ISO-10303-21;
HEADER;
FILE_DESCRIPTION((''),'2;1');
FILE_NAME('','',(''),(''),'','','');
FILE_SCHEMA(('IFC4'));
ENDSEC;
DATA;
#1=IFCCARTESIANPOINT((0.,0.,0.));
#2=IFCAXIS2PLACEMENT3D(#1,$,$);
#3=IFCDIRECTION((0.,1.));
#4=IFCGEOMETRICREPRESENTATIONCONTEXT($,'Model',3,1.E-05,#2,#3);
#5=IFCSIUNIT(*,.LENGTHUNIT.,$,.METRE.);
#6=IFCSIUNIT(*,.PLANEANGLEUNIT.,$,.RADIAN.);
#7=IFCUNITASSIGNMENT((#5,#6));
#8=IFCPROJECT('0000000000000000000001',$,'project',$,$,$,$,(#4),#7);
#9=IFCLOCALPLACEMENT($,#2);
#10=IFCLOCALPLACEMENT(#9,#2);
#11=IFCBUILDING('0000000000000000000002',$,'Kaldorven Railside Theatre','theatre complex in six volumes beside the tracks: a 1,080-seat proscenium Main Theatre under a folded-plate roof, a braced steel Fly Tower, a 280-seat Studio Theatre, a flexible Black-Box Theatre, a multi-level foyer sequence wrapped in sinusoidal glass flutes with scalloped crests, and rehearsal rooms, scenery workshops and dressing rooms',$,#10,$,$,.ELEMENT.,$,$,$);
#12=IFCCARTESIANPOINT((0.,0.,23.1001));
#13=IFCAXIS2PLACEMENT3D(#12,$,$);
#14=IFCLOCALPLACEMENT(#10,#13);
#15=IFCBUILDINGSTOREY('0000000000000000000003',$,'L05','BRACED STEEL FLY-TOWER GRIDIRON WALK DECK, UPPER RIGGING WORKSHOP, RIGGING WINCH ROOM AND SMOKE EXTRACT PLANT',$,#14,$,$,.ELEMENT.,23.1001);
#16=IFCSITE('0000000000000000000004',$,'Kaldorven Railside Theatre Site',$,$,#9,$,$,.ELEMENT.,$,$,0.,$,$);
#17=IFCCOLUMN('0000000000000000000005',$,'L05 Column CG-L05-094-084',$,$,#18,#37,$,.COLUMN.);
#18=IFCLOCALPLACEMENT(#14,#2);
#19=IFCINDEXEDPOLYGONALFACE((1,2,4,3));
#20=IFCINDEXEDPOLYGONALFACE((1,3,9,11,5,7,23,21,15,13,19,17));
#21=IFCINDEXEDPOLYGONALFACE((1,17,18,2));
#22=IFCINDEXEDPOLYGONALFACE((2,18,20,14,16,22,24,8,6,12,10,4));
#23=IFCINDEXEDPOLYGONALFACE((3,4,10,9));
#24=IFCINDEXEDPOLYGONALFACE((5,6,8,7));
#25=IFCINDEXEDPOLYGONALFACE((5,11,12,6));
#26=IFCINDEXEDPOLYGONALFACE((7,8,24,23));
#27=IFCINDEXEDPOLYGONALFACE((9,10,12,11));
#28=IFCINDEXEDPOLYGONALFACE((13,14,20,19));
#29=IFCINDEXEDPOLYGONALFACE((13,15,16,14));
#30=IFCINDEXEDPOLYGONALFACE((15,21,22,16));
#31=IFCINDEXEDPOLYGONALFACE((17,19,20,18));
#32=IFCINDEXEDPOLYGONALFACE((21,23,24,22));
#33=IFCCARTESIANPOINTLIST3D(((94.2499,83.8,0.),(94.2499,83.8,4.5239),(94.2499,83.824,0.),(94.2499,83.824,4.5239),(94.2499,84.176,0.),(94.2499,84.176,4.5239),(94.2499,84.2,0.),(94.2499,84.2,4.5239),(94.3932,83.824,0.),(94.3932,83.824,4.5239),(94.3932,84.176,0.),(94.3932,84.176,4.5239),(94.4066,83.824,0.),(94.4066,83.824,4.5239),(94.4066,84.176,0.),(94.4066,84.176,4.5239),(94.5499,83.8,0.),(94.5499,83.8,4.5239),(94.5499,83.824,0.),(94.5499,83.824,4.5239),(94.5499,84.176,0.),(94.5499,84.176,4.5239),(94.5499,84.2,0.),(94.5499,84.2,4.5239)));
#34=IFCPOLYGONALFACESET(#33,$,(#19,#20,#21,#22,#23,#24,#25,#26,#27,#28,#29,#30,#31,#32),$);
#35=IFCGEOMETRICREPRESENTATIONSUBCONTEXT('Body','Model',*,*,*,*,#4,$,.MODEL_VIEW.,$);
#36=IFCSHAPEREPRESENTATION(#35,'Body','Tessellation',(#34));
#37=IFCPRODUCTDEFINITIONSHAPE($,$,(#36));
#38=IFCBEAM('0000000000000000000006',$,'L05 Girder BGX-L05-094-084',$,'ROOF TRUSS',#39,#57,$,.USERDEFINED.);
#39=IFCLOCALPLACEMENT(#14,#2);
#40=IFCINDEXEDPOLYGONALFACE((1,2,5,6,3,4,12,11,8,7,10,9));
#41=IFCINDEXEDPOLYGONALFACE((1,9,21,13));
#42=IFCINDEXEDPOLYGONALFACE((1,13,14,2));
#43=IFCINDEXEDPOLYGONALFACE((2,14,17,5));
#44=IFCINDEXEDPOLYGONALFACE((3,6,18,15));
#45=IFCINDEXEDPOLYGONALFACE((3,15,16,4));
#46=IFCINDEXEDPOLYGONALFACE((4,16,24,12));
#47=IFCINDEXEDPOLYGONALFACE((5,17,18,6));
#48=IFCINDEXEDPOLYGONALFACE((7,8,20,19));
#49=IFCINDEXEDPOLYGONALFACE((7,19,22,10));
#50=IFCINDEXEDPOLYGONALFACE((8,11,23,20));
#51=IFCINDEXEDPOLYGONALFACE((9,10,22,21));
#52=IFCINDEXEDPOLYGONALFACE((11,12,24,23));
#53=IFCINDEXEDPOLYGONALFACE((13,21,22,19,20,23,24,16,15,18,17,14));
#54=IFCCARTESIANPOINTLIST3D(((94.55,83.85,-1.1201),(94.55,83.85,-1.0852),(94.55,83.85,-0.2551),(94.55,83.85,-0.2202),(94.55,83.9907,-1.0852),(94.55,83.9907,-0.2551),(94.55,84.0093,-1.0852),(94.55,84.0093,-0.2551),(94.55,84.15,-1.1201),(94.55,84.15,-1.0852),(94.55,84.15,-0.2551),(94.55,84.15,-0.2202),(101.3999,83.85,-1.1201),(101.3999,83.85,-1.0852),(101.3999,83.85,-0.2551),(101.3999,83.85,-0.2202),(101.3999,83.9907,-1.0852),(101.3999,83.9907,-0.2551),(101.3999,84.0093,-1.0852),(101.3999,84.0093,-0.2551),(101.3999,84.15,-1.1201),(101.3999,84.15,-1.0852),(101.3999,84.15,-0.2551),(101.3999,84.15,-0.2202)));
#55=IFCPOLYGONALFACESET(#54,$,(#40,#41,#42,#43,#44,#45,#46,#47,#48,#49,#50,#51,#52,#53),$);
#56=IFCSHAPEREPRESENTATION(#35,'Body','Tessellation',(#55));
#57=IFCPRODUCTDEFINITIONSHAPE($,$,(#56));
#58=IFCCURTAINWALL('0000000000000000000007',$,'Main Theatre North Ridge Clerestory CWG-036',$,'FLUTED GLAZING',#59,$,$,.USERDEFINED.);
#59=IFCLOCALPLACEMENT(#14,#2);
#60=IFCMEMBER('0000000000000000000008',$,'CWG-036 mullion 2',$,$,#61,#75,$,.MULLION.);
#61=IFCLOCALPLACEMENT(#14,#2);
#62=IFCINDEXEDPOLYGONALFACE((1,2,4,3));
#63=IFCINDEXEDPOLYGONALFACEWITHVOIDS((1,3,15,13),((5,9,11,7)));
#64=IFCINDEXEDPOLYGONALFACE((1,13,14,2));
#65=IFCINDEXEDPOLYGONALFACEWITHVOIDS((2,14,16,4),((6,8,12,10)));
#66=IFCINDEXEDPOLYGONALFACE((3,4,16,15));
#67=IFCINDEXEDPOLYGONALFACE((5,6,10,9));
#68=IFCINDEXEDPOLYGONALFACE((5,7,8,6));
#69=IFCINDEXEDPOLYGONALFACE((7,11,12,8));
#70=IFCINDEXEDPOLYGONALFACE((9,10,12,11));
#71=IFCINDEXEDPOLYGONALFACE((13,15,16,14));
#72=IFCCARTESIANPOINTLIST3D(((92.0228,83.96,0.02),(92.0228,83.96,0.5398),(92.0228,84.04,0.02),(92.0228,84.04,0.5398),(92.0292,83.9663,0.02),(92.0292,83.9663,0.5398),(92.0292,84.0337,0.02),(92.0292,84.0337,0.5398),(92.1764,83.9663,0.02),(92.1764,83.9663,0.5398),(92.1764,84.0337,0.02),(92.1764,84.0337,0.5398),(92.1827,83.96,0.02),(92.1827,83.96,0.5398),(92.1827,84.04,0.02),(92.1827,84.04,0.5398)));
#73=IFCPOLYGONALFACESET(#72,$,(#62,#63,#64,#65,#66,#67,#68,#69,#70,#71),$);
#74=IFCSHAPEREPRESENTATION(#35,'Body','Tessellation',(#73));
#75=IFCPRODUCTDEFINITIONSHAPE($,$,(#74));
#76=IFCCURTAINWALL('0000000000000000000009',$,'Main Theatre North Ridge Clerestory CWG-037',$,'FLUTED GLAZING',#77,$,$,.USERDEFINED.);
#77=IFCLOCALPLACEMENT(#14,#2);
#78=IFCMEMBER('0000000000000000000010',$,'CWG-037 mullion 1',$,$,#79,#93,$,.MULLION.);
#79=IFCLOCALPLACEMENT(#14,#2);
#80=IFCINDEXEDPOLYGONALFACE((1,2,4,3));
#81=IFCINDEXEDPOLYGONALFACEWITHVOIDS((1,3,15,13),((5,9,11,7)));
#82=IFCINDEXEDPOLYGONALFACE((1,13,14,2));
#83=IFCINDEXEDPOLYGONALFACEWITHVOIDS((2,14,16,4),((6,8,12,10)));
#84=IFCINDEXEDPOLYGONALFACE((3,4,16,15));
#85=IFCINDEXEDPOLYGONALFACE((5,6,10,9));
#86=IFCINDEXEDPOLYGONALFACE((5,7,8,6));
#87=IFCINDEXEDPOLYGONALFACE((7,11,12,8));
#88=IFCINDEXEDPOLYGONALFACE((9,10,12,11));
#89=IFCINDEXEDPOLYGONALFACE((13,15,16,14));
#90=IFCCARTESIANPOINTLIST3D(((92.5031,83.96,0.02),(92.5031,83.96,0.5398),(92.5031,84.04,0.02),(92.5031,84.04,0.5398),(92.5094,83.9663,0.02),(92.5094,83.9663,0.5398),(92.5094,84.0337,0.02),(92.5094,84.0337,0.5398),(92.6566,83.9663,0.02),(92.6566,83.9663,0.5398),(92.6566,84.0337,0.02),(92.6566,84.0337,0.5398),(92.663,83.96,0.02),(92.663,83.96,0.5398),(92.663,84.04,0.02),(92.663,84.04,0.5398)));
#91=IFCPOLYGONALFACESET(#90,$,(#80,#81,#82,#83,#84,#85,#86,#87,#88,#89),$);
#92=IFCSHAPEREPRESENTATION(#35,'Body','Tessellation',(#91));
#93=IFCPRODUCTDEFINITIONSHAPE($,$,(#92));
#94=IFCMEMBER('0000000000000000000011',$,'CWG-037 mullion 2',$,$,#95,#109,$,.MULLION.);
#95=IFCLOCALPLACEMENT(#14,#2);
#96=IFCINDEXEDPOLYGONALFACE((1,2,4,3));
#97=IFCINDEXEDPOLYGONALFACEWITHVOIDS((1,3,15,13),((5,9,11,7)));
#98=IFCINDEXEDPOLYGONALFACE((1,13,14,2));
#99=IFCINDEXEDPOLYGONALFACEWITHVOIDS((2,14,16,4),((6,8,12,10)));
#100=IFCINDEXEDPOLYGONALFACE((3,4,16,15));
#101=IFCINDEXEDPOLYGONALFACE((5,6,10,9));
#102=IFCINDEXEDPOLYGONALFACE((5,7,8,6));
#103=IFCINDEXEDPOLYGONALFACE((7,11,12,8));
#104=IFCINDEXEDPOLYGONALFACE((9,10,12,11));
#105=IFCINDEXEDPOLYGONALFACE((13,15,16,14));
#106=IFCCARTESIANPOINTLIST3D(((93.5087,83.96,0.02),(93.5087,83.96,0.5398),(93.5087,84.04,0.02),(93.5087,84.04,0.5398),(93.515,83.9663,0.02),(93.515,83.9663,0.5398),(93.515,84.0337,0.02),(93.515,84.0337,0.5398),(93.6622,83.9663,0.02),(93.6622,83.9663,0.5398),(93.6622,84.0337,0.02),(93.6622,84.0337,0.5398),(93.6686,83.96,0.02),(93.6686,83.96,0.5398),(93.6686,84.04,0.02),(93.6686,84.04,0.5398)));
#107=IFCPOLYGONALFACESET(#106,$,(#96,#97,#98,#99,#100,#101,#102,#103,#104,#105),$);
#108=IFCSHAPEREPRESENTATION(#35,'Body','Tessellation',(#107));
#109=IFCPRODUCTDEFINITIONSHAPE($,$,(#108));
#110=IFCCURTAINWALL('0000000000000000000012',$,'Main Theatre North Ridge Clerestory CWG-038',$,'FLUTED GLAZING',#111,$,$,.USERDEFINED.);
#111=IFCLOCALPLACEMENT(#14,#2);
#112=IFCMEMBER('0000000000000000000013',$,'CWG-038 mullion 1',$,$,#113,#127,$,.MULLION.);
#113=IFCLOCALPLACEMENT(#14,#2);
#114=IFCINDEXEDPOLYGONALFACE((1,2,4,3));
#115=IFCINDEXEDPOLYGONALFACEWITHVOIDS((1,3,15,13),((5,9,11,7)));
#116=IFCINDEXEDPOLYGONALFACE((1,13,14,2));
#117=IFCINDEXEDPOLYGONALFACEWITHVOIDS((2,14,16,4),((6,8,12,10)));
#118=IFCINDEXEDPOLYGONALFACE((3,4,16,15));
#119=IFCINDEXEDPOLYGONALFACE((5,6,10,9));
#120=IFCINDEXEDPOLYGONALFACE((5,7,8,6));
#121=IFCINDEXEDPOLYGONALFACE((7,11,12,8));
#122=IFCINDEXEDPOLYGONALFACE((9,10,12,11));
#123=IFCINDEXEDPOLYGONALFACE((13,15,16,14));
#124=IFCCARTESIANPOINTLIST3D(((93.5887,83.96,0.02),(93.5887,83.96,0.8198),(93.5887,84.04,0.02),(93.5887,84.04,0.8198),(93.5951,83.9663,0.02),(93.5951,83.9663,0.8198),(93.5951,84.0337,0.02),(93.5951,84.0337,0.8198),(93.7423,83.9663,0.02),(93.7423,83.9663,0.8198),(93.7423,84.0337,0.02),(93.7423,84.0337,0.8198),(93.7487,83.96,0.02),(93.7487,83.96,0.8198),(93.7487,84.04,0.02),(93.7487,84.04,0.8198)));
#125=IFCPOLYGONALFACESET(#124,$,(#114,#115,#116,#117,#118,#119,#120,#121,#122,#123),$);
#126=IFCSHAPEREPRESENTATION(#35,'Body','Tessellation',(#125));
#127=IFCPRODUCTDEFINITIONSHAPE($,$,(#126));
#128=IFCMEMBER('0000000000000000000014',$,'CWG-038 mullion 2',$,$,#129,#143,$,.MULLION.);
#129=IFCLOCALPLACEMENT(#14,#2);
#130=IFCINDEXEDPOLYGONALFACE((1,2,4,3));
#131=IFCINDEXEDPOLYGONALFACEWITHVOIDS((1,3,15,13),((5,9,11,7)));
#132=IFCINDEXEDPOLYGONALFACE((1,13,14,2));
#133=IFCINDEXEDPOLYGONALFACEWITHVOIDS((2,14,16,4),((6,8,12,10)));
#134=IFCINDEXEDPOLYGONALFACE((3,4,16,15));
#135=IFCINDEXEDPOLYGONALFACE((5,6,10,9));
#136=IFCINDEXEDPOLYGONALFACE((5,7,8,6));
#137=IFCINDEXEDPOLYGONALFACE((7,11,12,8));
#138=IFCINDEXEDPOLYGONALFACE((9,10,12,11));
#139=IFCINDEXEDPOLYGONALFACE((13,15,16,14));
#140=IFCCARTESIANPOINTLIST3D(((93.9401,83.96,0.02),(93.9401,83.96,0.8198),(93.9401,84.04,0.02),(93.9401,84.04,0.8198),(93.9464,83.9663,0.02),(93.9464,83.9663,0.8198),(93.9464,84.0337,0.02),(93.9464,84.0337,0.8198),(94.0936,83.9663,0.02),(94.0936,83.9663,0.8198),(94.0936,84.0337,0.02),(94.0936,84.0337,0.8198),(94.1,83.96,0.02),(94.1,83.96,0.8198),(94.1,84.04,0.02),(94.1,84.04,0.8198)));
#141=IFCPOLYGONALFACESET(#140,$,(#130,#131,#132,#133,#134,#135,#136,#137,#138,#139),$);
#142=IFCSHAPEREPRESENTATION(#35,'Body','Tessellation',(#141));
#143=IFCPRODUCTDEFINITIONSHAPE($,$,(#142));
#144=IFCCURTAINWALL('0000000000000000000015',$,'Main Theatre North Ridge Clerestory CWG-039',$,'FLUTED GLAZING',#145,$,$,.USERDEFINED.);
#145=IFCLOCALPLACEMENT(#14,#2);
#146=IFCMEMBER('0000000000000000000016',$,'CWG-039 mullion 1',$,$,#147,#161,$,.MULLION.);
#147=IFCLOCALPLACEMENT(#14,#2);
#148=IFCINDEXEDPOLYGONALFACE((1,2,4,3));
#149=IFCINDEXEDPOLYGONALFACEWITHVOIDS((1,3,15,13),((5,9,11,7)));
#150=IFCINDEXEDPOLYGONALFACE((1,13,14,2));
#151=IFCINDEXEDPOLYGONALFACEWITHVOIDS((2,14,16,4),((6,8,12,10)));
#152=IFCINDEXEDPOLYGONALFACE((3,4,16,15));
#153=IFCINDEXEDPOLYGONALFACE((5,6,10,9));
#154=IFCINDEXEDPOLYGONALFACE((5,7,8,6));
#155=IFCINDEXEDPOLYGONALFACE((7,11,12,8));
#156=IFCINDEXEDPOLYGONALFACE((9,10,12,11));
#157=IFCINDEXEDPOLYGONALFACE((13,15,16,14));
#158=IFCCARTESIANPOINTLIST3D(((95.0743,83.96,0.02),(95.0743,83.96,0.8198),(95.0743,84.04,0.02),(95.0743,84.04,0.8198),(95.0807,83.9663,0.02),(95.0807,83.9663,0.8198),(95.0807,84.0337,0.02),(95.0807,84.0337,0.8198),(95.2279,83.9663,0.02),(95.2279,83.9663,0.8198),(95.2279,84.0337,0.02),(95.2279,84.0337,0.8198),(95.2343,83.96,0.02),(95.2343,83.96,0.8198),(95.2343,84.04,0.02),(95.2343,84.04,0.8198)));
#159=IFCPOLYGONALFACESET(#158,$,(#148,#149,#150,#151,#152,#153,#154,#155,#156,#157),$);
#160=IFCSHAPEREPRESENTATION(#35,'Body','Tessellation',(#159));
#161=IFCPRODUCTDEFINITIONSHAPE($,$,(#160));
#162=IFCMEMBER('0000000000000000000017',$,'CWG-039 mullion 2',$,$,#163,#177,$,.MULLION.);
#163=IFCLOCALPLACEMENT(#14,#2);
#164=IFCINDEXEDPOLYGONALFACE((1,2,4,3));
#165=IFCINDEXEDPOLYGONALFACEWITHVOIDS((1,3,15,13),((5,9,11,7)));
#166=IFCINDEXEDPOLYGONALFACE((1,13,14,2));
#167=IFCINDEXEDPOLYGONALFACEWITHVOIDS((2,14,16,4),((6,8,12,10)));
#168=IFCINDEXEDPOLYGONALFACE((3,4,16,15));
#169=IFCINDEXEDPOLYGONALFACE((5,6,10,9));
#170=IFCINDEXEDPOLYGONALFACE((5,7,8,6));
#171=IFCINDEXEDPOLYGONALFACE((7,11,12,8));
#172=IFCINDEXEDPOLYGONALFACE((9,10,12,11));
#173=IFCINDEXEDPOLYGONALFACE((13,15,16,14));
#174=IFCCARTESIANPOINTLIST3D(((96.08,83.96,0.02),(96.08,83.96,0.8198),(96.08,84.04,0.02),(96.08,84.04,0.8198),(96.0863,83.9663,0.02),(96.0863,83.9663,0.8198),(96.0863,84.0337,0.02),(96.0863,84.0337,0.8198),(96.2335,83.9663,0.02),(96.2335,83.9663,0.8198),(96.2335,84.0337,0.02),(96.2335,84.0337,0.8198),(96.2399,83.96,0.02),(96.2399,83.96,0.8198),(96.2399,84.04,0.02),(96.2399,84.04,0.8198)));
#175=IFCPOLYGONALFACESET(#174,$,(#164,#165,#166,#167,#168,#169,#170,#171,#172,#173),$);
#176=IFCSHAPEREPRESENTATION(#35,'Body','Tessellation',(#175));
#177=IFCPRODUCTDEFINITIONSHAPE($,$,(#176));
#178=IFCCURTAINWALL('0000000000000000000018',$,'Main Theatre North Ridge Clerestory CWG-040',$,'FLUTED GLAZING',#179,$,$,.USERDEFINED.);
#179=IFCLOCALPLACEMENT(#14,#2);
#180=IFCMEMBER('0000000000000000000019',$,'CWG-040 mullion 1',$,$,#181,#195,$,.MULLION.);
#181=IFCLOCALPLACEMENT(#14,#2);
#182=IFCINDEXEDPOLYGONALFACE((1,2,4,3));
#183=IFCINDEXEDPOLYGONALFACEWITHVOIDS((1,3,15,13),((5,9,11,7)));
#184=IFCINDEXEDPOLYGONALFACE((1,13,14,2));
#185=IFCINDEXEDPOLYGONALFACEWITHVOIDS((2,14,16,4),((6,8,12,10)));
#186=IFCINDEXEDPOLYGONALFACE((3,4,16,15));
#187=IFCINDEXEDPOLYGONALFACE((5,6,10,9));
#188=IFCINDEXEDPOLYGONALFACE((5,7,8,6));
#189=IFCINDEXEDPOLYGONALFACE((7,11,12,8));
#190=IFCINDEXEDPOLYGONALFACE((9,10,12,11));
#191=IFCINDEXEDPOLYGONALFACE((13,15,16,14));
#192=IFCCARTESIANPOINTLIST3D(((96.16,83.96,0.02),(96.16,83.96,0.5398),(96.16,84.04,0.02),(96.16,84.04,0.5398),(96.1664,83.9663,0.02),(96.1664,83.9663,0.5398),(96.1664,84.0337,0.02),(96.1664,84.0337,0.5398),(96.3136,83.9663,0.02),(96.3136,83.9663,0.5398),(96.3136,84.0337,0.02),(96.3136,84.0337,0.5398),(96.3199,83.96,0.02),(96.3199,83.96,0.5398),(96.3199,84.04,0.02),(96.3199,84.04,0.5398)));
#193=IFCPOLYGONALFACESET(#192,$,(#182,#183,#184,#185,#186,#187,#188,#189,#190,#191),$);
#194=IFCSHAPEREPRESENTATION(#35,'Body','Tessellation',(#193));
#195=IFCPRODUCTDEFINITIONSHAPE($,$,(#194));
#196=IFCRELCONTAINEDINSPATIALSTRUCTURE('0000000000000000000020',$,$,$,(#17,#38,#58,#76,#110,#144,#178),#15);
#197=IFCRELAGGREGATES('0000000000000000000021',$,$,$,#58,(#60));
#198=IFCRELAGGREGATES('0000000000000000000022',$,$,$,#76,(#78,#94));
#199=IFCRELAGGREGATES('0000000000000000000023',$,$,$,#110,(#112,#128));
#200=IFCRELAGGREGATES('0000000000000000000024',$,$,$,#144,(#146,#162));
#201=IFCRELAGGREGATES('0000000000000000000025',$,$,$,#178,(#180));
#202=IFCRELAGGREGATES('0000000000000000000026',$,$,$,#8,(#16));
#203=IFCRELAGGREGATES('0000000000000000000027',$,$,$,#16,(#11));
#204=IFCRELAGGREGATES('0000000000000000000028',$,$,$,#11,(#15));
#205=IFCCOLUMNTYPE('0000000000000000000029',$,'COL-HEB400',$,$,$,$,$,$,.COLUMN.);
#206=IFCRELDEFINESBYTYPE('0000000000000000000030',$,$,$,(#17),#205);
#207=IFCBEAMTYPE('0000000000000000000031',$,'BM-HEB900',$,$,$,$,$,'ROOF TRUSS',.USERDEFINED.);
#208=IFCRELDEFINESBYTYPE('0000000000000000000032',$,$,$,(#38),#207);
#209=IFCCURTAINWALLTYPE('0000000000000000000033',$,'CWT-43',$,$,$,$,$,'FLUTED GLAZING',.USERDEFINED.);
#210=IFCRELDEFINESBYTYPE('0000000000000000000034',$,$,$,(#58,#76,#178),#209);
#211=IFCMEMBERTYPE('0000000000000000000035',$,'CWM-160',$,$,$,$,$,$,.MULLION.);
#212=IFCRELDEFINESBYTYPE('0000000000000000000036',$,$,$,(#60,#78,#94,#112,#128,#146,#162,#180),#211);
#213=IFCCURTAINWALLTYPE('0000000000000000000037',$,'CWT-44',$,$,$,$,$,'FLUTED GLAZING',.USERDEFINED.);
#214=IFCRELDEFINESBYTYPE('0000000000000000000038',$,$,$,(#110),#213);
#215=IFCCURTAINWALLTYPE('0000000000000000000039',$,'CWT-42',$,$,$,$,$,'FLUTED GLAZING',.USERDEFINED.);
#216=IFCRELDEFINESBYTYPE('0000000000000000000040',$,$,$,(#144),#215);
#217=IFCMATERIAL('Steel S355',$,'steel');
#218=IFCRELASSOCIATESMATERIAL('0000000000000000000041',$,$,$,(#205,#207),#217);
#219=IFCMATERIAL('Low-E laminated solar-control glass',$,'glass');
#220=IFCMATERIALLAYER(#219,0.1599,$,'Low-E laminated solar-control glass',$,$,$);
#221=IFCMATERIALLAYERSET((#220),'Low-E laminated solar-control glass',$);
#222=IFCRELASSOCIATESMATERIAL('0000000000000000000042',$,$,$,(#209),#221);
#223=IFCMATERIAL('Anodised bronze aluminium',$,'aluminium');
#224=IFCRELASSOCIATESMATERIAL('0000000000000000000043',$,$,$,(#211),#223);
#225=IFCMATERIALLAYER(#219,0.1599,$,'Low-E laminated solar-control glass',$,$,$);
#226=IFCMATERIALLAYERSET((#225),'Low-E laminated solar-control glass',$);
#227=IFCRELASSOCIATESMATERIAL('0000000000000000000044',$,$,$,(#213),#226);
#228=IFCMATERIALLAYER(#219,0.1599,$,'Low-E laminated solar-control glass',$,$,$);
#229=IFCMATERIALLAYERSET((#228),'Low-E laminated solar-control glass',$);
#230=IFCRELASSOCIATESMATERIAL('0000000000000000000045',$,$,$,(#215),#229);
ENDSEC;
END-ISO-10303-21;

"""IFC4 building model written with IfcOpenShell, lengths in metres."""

from ifc_helpers import new_model, si_unit, direction, frame, origin, origin_2d, place, context, subcontext, project, spatial, hollow_rectangle, i_section, extrude, material, layer, layer_set, material_profile, profile_set, type_object, element, aggregate, save


model = new_model("IFC4")

# Units and contexts
model_context = context("Model", 3, precision=1e-05, world=origin(), true_north=direction((0.0, 1.0)))
body_context = subcontext(model_context, "Body", "Model", "MODEL_VIEW")
ifc_project = project(units=[si_unit("LENGTHUNIT", "METRE"), si_unit("PLANEANGLEUNIT", "RADIAN")], contexts=[model_context])

# Site, building, storey
site_placement = place(None, origin())
site = spatial("IfcSite", under=ifc_project, at=site_placement, Name="Kaldorven Railside Theatre Site", CompositionType="ELEMENT", RefElevation=0.0)
building_placement = place(site_placement, origin())
building = spatial("IfcBuilding", under=site, at=building_placement, Name="Kaldorven Railside Theatre", Description="theatre complex in six volumes beside the tracks: a 1,080-seat proscenium Main Theatre under a folded-plate roof, a braced steel Fly Tower, a 280-seat Studio Theatre, a flexible Black-Box Theatre, a multi-level foyer sequence wrapped in sinusoidal glass flutes with scalloped crests, and rehearsal rooms, scenery workshops and dressing rooms", CompositionType="ELEMENT")
storey_placement = place(building_placement, frame((0.0, 0.0, 23.1001)))
storey = spatial("IfcBuildingStorey", under=building, at=storey_placement, Name="L05", Description="BRACED STEEL FLY-TOWER GRIDIRON WALK DECK, UPPER RIGGING WORKSHOP, RIGGING WINCH ROOM AND SMOKE EXTRACT PLANT", CompositionType="ELEMENT", Elevation=23.1001)

# Column
ifc_material_1 = material(Name="Steel S355", Category="steel")
ifc_material_profile_1 = material_profile(ifc_material_1, i_section(OverallWidth=0.3, OverallDepth=0.3999, WebThickness=0.0134, FlangeThickness=0.0239, at=origin_2d()), Name="HEB 400")
ifc_profile_set_1 = profile_set([ifc_material_profile_1], Name="Steel S355")
column_type = type_object("IfcColumnType", Name="COL-HEB400", PredefinedType="COLUMN", material=ifc_profile_set_1)
column_placement = place(storey_placement, frame((94.3999, 84.0, 0.0), z_axis=(0.0, 0.0, 1.0), x_axis=(1.0, 0.0, 0.0)))
element("IfcColumn", 1, at=column_placement, inside=storey, type_object=column_type, Name="L05 Column CG-L05-094-084", PredefinedType="COLUMN", context=body_context, shape_type="SweptSolid", body=[
    extrude(i_section(OverallWidth=0.3, OverallDepth=0.3999, WebThickness=0.0134, FlangeThickness=0.0239, at=origin_2d()), origin(), (0.0, 0.0, 1.0), 4.5239),
])

# Beam
ifc_material_profile_2 = material_profile(ifc_material_1, i_section(OverallWidth=0.3, OverallDepth=0.8999, WebThickness=0.0186, FlangeThickness=0.0349, at=origin_2d()), Name="HEB 900")
ifc_profile_set_2 = profile_set([ifc_material_profile_2], Name="Steel S355")
beam_type = type_object("IfcBeamType", Name="BM-HEB900", ElementType="ROOF TRUSS", PredefinedType="USERDEFINED", material=ifc_profile_set_2)
beam_placement = place(storey_placement, frame((94.55, 84.0, -0.6702), z_axis=(1.0, 0.0, 0.0), x_axis=(0.0, 1.0, 0.0)))
element("IfcBeam", 2, at=beam_placement, inside=storey, type_object=beam_type, Name="L05 Girder BGX-L05-094-084", ObjectType="ROOF TRUSS", PredefinedType="USERDEFINED", context=body_context, shape_type="SweptSolid", body=[
    extrude(i_section(OverallWidth=0.3, OverallDepth=0.8999, WebThickness=0.0186, FlangeThickness=0.0349, at=origin_2d()), origin(), (0.0, 0.0, 1.0), 6.8499),
])

# Curtain wall, member
ifc_material_2 = material(Name="Low-E laminated solar-control glass", Category="glass")
ifc_layer_1 = layer(ifc_material_2, 0.1599, Name="Low-E laminated solar-control glass")
ifc_layer_set_1 = layer_set([ifc_layer_1], Name="Low-E laminated solar-control glass")
curtain_wall_type_1 = type_object("IfcCurtainWallType", Name="CWT-43", ElementType="FLUTED GLAZING", PredefinedType="USERDEFINED", material=ifc_layer_set_1)
curtain_wall_1_placement = place(storey_placement, origin())
curtain_wall_1 = element("IfcCurtainWall", 3, at=curtain_wall_1_placement, inside=storey, type_object=curtain_wall_type_1, Name="Main Theatre North Ridge Clerestory CWG-036", ObjectType="FLUTED GLAZING", PredefinedType="USERDEFINED")
ifc_material_3 = material(Name="Anodised bronze aluminium", Category="aluminium")
ifc_material_profile_3 = material_profile(ifc_material_3, hollow_rectangle(XDim=0.0801, YDim=0.1599, WallThickness=0.0063, at=origin_2d()), Name="RHS 160x80x6.3")
ifc_profile_set_3 = profile_set([ifc_material_profile_3], Name="Anodised bronze aluminium")
member_type_1 = type_object("IfcMemberType", Name="CWM-160", PredefinedType="MULLION", material=ifc_profile_set_3)
member_1_placement = place(storey_placement, frame((92.1028, 84.0, 0.02), z_axis=(0.0, 0.0, 1.0), x_axis=(0.0, 1.0, 0.0)))
member_1 = element("IfcMember", 4, at=member_1_placement, type_object=member_type_1, Name="CWG-036 mullion 2", PredefinedType="MULLION", context=body_context, shape_type="SweptSolid", body=[
    extrude(hollow_rectangle(XDim=0.0801, YDim=0.1599, WallThickness=0.0063, at=origin_2d()), origin(), (0.0, 0.0, 1.0), 0.5198),
])

# Curtain walls, members
curtain_wall_2_placement = place(storey_placement, origin())
curtain_wall_2 = element("IfcCurtainWall", 5, at=curtain_wall_2_placement, inside=storey, type_object=curtain_wall_type_1, Name="Main Theatre North Ridge Clerestory CWG-037", ObjectType="FLUTED GLAZING", PredefinedType="USERDEFINED")
member_2_placement = place(storey_placement, frame((92.583, 84.0, 0.02), z_axis=(0.0, 0.0, 1.0), x_axis=(0.0, 1.0, 0.0)))
member_2 = element("IfcMember", 6, at=member_2_placement, type_object=member_type_1, Name="CWG-037 mullion 1", PredefinedType="MULLION", context=body_context, shape_type="SweptSolid", body=[
    extrude(hollow_rectangle(XDim=0.0801, YDim=0.1599, WallThickness=0.0063, at=origin_2d()), origin(), (0.0, 0.0, 1.0), 0.5198),
])
member_3_placement = place(storey_placement, frame((93.5886, 84.0, 0.02), z_axis=(0.0, 0.0, 1.0), x_axis=(0.0, 1.0, 0.0)))
member_3 = element("IfcMember", 7, at=member_3_placement, type_object=member_type_1, Name="CWG-037 mullion 2", PredefinedType="MULLION", context=body_context, shape_type="SweptSolid", body=[
    extrude(hollow_rectangle(XDim=0.0801, YDim=0.1599, WallThickness=0.0063, at=origin_2d()), origin(), (0.0, 0.0, 1.0), 0.5198),
])
ifc_layer_2 = layer(ifc_material_2, 0.1599, Name="Low-E laminated solar-control glass")
ifc_layer_set_2 = layer_set([ifc_layer_2], Name="Low-E laminated solar-control glass")
curtain_wall_type_2 = type_object("IfcCurtainWallType", Name="CWT-44", ElementType="FLUTED GLAZING", PredefinedType="USERDEFINED", material=ifc_layer_set_2)
curtain_wall_3_placement = place(storey_placement, origin())
curtain_wall_3 = element("IfcCurtainWall", 8, at=curtain_wall_3_placement, inside=storey, type_object=curtain_wall_type_2, Name="Main Theatre North Ridge Clerestory CWG-038", ObjectType="FLUTED GLAZING", PredefinedType="USERDEFINED")
member_4_placement = place(storey_placement, frame((93.6687, 84.0, 0.02), z_axis=(0.0, 0.0, 1.0), x_axis=(0.0, 1.0, 0.0)))
member_4 = element("IfcMember", 9, at=member_4_placement, type_object=member_type_1, Name="CWG-038 mullion 1", PredefinedType="MULLION", context=body_context, shape_type="SweptSolid", body=[
    extrude(hollow_rectangle(XDim=0.0801, YDim=0.1599, WallThickness=0.0063, at=origin_2d()), origin(), (0.0, 0.0, 1.0), 0.7998),
])
member_5_placement = place(storey_placement, frame((94.02, 84.0, 0.02), z_axis=(0.0, 0.0, 1.0), x_axis=(0.0, 1.0, 0.0)))
member_5 = element("IfcMember", 10, at=member_5_placement, type_object=member_type_1, Name="CWG-038 mullion 2", PredefinedType="MULLION", context=body_context, shape_type="SweptSolid", body=[
    extrude(hollow_rectangle(XDim=0.0801, YDim=0.1599, WallThickness=0.0063, at=origin_2d()), origin(), (0.0, 0.0, 1.0), 0.7998),
])
ifc_layer_3 = layer(ifc_material_2, 0.1599, Name="Low-E laminated solar-control glass")
ifc_layer_set_3 = layer_set([ifc_layer_3], Name="Low-E laminated solar-control glass")
curtain_wall_type_3 = type_object("IfcCurtainWallType", Name="CWT-42", ElementType="FLUTED GLAZING", PredefinedType="USERDEFINED", material=ifc_layer_set_3)
curtain_wall_4_placement = place(storey_placement, origin())
curtain_wall_4 = element("IfcCurtainWall", 11, at=curtain_wall_4_placement, inside=storey, type_object=curtain_wall_type_3, Name="Main Theatre North Ridge Clerestory CWG-039", ObjectType="FLUTED GLAZING", PredefinedType="USERDEFINED")
member_6_placement = place(storey_placement, frame((95.1543, 84.0, 0.02), z_axis=(0.0, 0.0, 1.0), x_axis=(0.0, 1.0, 0.0)))
member_6 = element("IfcMember", 12, at=member_6_placement, type_object=member_type_1, Name="CWG-039 mullion 1", PredefinedType="MULLION", context=body_context, shape_type="SweptSolid", body=[
    extrude(hollow_rectangle(XDim=0.0801, YDim=0.1599, WallThickness=0.0063, at=origin_2d()), origin(), (0.0, 0.0, 1.0), 0.7998),
])
member_7_placement = place(storey_placement, frame((96.1599, 84.0, 0.02), z_axis=(0.0, 0.0, 1.0), x_axis=(0.0, 1.0, 0.0)))
member_7 = element("IfcMember", 13, at=member_7_placement, type_object=member_type_1, Name="CWG-039 mullion 2", PredefinedType="MULLION", context=body_context, shape_type="SweptSolid", body=[
    extrude(hollow_rectangle(XDim=0.0801, YDim=0.1599, WallThickness=0.0063, at=origin_2d()), origin(), (0.0, 0.0, 1.0), 0.7998),
])
curtain_wall_5_placement = place(storey_placement, origin())
curtain_wall_5 = element("IfcCurtainWall", 14, at=curtain_wall_5_placement, inside=storey, type_object=curtain_wall_type_1, Name="Main Theatre North Ridge Clerestory CWG-040", ObjectType="FLUTED GLAZING", PredefinedType="USERDEFINED")
member_8_placement = place(storey_placement, frame((96.24, 84.0, 0.02), z_axis=(0.0, 0.0, 1.0), x_axis=(0.0, 1.0, 0.0)))
member_8 = element("IfcMember", 15, at=member_8_placement, type_object=member_type_1, Name="CWG-040 mullion 1", PredefinedType="MULLION", context=body_context, shape_type="SweptSolid", body=[
    extrude(hollow_rectangle(XDim=0.0801, YDim=0.1599, WallThickness=0.0063, at=origin_2d()), origin(), (0.0, 0.0, 1.0), 0.5198),
])

aggregate(curtain_wall_1, [member_1])
aggregate(curtain_wall_2, [member_2, member_3])
aggregate(curtain_wall_3, [member_4, member_5])
aggregate(curtain_wall_4, [member_6, member_7])
aggregate(curtain_wall_5, [member_8])

save(model, "model.ifc")
